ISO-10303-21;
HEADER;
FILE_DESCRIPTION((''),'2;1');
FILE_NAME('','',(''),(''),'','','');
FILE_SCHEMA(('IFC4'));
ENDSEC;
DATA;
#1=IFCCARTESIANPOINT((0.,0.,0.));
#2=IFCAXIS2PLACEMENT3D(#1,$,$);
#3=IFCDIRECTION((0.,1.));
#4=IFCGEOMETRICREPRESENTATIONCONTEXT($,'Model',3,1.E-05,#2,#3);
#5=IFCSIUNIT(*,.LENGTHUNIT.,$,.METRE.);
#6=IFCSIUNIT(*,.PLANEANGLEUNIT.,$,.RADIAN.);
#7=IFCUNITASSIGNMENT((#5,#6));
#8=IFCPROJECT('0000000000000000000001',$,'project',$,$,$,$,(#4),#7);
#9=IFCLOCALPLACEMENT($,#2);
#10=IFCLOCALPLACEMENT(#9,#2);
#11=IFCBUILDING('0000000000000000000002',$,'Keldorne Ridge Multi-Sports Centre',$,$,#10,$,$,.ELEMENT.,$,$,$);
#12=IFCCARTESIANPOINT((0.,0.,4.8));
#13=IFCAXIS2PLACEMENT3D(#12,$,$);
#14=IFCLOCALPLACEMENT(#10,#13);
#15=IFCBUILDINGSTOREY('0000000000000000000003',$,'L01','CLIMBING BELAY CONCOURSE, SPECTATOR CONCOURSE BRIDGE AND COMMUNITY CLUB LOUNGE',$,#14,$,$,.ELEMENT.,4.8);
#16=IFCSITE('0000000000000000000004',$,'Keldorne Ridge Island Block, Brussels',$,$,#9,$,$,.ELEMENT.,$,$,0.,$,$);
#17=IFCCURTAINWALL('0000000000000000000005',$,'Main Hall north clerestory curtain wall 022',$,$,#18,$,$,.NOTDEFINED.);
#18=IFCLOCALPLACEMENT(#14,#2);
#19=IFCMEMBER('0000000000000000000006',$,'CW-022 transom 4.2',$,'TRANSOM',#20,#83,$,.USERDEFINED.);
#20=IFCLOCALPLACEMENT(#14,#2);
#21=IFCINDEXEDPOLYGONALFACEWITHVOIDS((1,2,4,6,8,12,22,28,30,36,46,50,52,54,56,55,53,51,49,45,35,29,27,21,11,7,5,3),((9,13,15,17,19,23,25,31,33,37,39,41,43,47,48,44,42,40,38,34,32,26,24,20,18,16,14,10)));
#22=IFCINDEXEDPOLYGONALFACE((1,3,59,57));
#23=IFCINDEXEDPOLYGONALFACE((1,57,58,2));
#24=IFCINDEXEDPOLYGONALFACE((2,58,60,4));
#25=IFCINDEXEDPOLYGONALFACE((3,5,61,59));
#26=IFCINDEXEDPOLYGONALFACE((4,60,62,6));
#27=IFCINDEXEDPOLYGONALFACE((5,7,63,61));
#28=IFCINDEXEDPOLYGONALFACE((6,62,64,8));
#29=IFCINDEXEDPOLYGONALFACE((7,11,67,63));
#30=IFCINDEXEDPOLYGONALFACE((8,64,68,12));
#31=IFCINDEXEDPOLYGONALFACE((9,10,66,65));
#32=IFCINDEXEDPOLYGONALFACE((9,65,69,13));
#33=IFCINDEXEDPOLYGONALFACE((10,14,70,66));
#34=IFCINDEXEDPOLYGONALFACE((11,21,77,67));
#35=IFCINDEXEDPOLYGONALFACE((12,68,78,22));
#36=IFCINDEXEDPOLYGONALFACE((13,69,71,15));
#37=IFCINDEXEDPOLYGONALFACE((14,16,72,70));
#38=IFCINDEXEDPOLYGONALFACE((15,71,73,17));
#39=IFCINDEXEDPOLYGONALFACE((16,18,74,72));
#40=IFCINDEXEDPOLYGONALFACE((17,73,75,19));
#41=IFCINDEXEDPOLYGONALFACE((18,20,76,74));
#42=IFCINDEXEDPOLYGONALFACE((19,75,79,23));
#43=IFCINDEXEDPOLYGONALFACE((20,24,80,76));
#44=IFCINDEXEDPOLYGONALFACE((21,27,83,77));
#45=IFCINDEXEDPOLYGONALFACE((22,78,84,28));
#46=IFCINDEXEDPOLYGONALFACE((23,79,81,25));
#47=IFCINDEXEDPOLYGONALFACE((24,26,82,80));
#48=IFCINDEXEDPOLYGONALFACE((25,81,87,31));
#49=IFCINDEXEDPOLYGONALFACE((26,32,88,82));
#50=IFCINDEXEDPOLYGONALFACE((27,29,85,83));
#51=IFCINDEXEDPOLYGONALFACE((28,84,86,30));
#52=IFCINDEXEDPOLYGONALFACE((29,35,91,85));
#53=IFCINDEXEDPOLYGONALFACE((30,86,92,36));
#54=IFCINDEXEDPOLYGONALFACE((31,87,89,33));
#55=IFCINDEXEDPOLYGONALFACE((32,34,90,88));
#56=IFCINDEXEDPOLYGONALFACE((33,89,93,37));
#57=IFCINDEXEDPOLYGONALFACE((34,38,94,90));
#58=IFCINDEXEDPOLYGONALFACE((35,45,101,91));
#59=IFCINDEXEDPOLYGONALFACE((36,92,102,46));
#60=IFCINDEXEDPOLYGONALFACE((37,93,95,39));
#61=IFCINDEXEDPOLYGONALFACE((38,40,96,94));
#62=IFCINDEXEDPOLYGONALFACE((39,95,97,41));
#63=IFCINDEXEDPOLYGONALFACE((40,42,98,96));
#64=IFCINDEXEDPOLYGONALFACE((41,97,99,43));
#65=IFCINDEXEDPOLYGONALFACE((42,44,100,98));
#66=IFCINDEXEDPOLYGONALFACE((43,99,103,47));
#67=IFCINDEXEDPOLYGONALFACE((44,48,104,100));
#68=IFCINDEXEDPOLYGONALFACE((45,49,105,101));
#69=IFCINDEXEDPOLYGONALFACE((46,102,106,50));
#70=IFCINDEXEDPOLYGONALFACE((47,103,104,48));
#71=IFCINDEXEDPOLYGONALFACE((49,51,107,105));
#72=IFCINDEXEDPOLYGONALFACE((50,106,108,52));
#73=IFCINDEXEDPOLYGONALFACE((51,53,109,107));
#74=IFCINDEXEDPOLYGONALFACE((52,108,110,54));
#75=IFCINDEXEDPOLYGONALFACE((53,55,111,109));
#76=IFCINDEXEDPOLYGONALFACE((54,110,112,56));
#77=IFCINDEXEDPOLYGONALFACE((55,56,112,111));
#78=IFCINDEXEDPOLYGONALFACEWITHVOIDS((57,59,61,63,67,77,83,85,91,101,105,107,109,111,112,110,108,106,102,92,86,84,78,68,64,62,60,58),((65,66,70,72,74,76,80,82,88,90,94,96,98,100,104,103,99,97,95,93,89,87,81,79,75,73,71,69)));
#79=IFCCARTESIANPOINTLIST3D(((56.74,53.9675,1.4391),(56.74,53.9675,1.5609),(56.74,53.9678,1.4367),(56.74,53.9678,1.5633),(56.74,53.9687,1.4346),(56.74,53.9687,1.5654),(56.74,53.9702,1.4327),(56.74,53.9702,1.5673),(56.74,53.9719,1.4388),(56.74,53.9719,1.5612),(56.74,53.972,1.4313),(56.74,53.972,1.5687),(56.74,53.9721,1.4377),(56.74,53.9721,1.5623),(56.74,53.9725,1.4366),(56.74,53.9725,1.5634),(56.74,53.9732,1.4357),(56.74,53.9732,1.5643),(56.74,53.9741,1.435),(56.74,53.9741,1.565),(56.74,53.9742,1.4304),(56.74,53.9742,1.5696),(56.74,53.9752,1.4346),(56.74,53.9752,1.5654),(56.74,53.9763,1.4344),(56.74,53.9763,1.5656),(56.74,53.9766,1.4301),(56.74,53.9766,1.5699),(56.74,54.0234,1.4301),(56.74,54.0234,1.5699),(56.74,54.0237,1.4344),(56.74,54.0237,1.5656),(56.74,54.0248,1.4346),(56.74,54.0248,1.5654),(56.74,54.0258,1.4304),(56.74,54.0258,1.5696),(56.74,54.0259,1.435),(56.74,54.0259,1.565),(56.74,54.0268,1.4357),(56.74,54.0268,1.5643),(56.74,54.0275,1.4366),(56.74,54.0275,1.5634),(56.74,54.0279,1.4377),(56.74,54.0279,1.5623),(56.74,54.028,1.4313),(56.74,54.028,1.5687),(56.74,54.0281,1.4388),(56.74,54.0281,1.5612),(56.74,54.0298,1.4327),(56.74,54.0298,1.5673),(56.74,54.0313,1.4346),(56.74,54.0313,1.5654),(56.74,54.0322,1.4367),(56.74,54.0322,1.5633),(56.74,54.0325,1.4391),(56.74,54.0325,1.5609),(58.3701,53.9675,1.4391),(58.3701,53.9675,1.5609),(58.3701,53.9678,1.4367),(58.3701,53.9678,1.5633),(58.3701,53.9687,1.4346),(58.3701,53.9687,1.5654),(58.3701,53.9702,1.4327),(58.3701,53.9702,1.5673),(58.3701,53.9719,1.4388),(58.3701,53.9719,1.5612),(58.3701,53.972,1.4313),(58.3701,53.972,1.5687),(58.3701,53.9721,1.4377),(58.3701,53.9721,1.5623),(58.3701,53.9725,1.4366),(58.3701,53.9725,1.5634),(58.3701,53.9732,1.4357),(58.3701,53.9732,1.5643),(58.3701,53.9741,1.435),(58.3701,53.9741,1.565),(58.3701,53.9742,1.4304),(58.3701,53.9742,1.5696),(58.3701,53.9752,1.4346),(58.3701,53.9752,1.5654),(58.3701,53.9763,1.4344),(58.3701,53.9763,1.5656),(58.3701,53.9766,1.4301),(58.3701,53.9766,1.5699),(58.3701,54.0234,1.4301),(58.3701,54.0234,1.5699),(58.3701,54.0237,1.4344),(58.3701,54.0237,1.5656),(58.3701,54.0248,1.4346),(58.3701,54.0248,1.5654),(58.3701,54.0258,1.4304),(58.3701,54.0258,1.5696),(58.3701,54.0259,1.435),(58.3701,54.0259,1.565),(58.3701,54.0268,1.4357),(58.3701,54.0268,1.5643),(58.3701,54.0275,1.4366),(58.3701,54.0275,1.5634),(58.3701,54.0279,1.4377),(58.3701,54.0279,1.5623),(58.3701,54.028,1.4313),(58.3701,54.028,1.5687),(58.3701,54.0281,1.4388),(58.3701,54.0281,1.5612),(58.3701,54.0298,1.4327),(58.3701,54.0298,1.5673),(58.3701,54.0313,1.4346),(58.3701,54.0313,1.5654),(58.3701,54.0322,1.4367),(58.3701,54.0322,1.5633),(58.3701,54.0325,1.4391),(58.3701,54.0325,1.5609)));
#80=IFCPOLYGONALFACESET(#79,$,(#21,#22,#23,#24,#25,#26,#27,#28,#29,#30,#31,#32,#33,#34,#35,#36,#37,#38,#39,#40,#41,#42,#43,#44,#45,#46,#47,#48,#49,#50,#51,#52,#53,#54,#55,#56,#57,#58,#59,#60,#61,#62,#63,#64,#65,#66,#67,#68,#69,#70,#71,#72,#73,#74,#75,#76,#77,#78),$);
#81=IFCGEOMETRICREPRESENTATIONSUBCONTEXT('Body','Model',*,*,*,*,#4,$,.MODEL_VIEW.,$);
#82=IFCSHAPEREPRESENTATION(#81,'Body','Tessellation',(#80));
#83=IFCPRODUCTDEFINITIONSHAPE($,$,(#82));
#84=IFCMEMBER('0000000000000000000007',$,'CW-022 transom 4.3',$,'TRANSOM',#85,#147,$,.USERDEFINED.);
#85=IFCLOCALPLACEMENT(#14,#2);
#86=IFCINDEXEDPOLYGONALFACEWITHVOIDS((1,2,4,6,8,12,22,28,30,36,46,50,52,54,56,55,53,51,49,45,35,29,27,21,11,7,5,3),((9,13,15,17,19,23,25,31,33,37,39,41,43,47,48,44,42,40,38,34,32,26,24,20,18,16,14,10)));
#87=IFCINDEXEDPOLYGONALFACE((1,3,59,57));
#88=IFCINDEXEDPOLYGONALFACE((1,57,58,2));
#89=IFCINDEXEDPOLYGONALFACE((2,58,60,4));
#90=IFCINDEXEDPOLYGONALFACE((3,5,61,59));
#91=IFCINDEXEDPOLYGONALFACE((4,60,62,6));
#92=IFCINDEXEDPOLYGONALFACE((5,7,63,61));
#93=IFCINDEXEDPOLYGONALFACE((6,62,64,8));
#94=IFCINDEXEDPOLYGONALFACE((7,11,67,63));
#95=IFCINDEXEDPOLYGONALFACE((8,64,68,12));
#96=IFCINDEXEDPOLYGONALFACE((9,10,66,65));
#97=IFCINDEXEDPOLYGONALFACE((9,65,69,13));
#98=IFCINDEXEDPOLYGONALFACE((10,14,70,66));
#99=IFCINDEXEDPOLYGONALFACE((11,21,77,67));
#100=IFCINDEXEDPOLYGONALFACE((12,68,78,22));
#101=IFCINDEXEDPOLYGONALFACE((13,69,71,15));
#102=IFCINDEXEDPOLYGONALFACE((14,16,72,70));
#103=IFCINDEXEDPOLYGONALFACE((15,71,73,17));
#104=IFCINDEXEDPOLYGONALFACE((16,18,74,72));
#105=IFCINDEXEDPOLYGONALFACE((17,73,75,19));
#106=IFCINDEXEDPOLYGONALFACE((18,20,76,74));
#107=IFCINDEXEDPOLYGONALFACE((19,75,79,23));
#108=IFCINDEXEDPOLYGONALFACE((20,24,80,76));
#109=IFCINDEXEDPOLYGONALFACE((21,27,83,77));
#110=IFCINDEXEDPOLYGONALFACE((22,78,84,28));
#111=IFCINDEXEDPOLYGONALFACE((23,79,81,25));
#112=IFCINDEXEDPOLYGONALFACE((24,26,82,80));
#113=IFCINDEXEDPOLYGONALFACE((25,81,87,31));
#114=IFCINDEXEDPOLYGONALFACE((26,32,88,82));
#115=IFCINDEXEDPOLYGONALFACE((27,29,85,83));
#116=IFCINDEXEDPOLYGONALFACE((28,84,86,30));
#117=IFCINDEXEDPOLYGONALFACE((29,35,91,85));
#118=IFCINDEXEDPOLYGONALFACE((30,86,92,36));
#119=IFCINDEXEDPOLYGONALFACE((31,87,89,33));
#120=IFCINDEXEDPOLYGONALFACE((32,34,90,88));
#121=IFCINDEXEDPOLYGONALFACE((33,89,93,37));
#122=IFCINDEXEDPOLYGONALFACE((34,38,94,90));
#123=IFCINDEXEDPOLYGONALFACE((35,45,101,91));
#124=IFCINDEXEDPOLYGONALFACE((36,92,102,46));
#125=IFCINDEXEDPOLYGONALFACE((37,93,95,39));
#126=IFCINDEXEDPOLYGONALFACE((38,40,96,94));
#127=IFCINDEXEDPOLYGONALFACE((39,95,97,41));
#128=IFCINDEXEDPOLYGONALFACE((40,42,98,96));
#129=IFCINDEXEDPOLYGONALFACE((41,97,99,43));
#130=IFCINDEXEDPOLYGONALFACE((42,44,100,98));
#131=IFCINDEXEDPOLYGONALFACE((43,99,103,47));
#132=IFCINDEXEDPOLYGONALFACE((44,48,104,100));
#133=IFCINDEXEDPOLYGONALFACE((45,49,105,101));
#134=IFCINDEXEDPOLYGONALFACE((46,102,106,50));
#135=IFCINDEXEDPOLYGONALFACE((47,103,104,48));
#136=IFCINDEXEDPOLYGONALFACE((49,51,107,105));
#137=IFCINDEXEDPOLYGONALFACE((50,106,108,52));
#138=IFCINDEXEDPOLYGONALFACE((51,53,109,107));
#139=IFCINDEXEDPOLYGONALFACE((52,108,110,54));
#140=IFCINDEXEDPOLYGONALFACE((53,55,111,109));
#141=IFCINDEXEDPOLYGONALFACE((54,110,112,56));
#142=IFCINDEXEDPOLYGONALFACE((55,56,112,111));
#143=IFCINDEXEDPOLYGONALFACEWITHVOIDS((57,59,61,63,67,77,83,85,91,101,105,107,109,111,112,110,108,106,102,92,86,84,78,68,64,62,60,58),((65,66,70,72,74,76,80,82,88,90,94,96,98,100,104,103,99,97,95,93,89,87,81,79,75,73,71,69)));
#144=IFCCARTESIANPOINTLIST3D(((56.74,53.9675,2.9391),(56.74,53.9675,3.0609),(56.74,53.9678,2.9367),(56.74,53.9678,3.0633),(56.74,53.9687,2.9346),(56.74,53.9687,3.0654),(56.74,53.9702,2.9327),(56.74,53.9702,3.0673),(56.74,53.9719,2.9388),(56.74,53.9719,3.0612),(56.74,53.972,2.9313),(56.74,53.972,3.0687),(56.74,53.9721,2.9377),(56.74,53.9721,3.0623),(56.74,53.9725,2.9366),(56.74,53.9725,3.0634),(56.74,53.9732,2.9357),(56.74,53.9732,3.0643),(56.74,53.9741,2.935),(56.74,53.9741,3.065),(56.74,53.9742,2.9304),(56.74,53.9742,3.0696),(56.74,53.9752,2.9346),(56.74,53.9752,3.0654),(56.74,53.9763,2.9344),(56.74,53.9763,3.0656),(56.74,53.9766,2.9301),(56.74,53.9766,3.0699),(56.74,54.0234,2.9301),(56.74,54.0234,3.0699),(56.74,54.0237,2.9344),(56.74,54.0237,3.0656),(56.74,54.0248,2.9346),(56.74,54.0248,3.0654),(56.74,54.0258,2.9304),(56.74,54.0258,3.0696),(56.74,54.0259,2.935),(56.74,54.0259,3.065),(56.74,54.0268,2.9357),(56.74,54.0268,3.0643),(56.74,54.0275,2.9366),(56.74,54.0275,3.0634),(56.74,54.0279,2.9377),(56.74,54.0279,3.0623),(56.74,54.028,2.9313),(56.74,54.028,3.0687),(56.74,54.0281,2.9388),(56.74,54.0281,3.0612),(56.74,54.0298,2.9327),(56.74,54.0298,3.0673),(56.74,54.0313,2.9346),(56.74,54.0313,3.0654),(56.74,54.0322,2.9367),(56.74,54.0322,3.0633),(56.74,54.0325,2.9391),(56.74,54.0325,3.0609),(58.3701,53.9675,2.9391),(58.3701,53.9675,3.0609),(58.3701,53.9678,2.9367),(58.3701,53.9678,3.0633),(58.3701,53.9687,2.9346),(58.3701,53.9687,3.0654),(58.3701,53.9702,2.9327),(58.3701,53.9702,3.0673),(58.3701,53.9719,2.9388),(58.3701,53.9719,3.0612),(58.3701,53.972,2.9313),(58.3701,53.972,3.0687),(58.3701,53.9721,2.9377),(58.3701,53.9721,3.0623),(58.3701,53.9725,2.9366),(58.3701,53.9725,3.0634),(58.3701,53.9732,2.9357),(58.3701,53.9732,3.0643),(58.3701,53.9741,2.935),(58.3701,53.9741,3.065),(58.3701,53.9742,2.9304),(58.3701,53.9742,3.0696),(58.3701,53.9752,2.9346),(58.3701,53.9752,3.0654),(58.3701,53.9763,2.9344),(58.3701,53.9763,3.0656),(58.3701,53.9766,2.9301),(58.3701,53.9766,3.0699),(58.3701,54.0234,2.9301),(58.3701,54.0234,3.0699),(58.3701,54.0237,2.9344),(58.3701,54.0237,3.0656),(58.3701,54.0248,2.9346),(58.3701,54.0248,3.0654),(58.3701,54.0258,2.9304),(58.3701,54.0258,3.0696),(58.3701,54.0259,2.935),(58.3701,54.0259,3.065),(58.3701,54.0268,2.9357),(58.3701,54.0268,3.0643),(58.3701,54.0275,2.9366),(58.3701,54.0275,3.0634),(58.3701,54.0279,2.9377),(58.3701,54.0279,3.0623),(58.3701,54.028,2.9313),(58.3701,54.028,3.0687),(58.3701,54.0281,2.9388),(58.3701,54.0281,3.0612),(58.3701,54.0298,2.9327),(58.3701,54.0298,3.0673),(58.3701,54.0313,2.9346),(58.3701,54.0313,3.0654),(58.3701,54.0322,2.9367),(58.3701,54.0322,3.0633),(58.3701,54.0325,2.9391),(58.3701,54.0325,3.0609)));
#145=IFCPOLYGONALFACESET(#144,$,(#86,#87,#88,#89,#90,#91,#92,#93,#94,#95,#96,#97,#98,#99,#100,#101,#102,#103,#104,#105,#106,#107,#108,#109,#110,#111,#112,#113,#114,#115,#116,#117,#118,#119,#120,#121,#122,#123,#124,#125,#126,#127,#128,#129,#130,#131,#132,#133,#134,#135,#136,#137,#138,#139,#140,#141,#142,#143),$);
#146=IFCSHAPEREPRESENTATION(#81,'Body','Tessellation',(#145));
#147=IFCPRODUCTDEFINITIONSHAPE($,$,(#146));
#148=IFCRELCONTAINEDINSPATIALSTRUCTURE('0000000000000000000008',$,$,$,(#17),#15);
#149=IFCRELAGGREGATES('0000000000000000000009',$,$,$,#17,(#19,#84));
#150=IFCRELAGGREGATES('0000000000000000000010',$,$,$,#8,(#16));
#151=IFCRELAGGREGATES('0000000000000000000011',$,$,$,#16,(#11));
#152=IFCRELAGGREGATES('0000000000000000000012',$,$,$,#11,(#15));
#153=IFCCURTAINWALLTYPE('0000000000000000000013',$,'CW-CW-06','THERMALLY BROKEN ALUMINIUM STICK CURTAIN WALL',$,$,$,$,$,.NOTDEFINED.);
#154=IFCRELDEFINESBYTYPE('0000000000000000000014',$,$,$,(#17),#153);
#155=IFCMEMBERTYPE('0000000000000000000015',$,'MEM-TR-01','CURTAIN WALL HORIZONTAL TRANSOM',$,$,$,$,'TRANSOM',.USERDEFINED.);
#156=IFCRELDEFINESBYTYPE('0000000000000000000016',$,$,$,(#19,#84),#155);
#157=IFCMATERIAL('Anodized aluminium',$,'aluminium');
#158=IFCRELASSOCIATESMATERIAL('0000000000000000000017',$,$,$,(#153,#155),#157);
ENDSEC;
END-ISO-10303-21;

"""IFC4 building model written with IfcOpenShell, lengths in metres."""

from ifc_helpers import new_model, si_unit, direction, frame, origin, origin_2d, place, context, subcontext, project, spatial, hollow_rectangle, extrude, material, material_profile, profile_set, type_object, element, aggregate, save


model = new_model("IFC4")

# Units and contexts
model_context = context("Model", 3, precision=1e-05, world=origin(), true_north=direction((0.0, 1.0)))
body_context = subcontext(model_context, "Body", "Model", "MODEL_VIEW")
ifc_project = project(units=[si_unit("LENGTHUNIT", "METRE"), si_unit("PLANEANGLEUNIT", "RADIAN")], contexts=[model_context])

# Site, building, storey
site_placement = place(None, origin())
site = spatial("IfcSite", under=ifc_project, at=site_placement, Name="Keldorne Ridge Island Block, Brussels", CompositionType="ELEMENT", RefElevation=0.0)
building_placement = place(site_placement, origin())
building = spatial("IfcBuilding", under=site, at=building_placement, Name="Keldorne Ridge Multi-Sports Centre", CompositionType="ELEMENT")
storey_placement = place(building_placement, frame((0.0, 0.0, 4.8)))
storey = spatial("IfcBuildingStorey", under=building, at=storey_placement, Name="L01", Description="CLIMBING BELAY CONCOURSE, SPECTATOR CONCOURSE BRIDGE AND COMMUNITY CLUB LOUNGE", CompositionType="ELEMENT", Elevation=4.8)

# Curtain wall
ifc_material_1 = material(Name="Anodized aluminium", Category="aluminium")
curtain_wall_type_1 = type_object("IfcCurtainWallType", Name="CW-CW-06", Description="THERMALLY BROKEN ALUMINIUM STICK CURTAIN WALL", PredefinedType="NOTDEFINED", material=ifc_material_1)
curtain_wall_1_placement = place(storey_placement, origin())
curtain_wall_1 = element("IfcCurtainWall", 1, at=curtain_wall_1_placement, inside=storey, type_object=curtain_wall_type_1, Name="Main Hall north clerestory curtain wall 022", PredefinedType="NOTDEFINED")

# Members
ifc_material_profile_1 = material_profile(ifc_material_1, hollow_rectangle(XDim=0.0649, YDim=0.1399, WallThickness=0.0044, InnerFilletRadius=0.0044, OuterFilletRadius=0.009, at=origin_2d()), Name="ALU TRANSOM 140x65x4.5")
ifc_profile_set_1 = profile_set([ifc_material_profile_1], Name="Anodized aluminium")
member_type_1 = type_object("IfcMemberType", Name="MEM-TR-01", Description="CURTAIN WALL HORIZONTAL TRANSOM", ElementType="TRANSOM", PredefinedType="USERDEFINED", material=ifc_profile_set_1)
member_1_placement = place(storey_placement, frame((58.3701, 54.0, 1.5), z_axis=(-1.0, 0.0, 0.0), x_axis=(0.0, -1.0, 0.0)))
member_1 = element("IfcMember", 2, at=member_1_placement, type_object=member_type_1, Name="CW-022 transom 4.2", ObjectType="TRANSOM", PredefinedType="USERDEFINED", context=body_context, shape_type="SweptSolid", body=[
    extrude(hollow_rectangle(XDim=0.0649, YDim=0.1399, WallThickness=0.0044, InnerFilletRadius=0.0044, OuterFilletRadius=0.009, at=origin_2d()), origin(), (0.0, 0.0, 1.0), 1.6301),
])
member_2_placement = place(storey_placement, frame((58.3701, 54.0, 3.0), z_axis=(-1.0, 0.0, 0.0), x_axis=(0.0, -1.0, 0.0)))
member_2 = element("IfcMember", 3, at=member_2_placement, type_object=member_type_1, Name="CW-022 transom 4.3", ObjectType="TRANSOM", PredefinedType="USERDEFINED", context=body_context, shape_type="SweptSolid", body=[
    extrude(hollow_rectangle(XDim=0.0649, YDim=0.1399, WallThickness=0.0044, InnerFilletRadius=0.0044, OuterFilletRadius=0.009, at=origin_2d()), origin(), (0.0, 0.0, 1.0), 1.6301),
])

aggregate(curtain_wall_1, [member_1, member_2])

save(model, "model.ifc")
